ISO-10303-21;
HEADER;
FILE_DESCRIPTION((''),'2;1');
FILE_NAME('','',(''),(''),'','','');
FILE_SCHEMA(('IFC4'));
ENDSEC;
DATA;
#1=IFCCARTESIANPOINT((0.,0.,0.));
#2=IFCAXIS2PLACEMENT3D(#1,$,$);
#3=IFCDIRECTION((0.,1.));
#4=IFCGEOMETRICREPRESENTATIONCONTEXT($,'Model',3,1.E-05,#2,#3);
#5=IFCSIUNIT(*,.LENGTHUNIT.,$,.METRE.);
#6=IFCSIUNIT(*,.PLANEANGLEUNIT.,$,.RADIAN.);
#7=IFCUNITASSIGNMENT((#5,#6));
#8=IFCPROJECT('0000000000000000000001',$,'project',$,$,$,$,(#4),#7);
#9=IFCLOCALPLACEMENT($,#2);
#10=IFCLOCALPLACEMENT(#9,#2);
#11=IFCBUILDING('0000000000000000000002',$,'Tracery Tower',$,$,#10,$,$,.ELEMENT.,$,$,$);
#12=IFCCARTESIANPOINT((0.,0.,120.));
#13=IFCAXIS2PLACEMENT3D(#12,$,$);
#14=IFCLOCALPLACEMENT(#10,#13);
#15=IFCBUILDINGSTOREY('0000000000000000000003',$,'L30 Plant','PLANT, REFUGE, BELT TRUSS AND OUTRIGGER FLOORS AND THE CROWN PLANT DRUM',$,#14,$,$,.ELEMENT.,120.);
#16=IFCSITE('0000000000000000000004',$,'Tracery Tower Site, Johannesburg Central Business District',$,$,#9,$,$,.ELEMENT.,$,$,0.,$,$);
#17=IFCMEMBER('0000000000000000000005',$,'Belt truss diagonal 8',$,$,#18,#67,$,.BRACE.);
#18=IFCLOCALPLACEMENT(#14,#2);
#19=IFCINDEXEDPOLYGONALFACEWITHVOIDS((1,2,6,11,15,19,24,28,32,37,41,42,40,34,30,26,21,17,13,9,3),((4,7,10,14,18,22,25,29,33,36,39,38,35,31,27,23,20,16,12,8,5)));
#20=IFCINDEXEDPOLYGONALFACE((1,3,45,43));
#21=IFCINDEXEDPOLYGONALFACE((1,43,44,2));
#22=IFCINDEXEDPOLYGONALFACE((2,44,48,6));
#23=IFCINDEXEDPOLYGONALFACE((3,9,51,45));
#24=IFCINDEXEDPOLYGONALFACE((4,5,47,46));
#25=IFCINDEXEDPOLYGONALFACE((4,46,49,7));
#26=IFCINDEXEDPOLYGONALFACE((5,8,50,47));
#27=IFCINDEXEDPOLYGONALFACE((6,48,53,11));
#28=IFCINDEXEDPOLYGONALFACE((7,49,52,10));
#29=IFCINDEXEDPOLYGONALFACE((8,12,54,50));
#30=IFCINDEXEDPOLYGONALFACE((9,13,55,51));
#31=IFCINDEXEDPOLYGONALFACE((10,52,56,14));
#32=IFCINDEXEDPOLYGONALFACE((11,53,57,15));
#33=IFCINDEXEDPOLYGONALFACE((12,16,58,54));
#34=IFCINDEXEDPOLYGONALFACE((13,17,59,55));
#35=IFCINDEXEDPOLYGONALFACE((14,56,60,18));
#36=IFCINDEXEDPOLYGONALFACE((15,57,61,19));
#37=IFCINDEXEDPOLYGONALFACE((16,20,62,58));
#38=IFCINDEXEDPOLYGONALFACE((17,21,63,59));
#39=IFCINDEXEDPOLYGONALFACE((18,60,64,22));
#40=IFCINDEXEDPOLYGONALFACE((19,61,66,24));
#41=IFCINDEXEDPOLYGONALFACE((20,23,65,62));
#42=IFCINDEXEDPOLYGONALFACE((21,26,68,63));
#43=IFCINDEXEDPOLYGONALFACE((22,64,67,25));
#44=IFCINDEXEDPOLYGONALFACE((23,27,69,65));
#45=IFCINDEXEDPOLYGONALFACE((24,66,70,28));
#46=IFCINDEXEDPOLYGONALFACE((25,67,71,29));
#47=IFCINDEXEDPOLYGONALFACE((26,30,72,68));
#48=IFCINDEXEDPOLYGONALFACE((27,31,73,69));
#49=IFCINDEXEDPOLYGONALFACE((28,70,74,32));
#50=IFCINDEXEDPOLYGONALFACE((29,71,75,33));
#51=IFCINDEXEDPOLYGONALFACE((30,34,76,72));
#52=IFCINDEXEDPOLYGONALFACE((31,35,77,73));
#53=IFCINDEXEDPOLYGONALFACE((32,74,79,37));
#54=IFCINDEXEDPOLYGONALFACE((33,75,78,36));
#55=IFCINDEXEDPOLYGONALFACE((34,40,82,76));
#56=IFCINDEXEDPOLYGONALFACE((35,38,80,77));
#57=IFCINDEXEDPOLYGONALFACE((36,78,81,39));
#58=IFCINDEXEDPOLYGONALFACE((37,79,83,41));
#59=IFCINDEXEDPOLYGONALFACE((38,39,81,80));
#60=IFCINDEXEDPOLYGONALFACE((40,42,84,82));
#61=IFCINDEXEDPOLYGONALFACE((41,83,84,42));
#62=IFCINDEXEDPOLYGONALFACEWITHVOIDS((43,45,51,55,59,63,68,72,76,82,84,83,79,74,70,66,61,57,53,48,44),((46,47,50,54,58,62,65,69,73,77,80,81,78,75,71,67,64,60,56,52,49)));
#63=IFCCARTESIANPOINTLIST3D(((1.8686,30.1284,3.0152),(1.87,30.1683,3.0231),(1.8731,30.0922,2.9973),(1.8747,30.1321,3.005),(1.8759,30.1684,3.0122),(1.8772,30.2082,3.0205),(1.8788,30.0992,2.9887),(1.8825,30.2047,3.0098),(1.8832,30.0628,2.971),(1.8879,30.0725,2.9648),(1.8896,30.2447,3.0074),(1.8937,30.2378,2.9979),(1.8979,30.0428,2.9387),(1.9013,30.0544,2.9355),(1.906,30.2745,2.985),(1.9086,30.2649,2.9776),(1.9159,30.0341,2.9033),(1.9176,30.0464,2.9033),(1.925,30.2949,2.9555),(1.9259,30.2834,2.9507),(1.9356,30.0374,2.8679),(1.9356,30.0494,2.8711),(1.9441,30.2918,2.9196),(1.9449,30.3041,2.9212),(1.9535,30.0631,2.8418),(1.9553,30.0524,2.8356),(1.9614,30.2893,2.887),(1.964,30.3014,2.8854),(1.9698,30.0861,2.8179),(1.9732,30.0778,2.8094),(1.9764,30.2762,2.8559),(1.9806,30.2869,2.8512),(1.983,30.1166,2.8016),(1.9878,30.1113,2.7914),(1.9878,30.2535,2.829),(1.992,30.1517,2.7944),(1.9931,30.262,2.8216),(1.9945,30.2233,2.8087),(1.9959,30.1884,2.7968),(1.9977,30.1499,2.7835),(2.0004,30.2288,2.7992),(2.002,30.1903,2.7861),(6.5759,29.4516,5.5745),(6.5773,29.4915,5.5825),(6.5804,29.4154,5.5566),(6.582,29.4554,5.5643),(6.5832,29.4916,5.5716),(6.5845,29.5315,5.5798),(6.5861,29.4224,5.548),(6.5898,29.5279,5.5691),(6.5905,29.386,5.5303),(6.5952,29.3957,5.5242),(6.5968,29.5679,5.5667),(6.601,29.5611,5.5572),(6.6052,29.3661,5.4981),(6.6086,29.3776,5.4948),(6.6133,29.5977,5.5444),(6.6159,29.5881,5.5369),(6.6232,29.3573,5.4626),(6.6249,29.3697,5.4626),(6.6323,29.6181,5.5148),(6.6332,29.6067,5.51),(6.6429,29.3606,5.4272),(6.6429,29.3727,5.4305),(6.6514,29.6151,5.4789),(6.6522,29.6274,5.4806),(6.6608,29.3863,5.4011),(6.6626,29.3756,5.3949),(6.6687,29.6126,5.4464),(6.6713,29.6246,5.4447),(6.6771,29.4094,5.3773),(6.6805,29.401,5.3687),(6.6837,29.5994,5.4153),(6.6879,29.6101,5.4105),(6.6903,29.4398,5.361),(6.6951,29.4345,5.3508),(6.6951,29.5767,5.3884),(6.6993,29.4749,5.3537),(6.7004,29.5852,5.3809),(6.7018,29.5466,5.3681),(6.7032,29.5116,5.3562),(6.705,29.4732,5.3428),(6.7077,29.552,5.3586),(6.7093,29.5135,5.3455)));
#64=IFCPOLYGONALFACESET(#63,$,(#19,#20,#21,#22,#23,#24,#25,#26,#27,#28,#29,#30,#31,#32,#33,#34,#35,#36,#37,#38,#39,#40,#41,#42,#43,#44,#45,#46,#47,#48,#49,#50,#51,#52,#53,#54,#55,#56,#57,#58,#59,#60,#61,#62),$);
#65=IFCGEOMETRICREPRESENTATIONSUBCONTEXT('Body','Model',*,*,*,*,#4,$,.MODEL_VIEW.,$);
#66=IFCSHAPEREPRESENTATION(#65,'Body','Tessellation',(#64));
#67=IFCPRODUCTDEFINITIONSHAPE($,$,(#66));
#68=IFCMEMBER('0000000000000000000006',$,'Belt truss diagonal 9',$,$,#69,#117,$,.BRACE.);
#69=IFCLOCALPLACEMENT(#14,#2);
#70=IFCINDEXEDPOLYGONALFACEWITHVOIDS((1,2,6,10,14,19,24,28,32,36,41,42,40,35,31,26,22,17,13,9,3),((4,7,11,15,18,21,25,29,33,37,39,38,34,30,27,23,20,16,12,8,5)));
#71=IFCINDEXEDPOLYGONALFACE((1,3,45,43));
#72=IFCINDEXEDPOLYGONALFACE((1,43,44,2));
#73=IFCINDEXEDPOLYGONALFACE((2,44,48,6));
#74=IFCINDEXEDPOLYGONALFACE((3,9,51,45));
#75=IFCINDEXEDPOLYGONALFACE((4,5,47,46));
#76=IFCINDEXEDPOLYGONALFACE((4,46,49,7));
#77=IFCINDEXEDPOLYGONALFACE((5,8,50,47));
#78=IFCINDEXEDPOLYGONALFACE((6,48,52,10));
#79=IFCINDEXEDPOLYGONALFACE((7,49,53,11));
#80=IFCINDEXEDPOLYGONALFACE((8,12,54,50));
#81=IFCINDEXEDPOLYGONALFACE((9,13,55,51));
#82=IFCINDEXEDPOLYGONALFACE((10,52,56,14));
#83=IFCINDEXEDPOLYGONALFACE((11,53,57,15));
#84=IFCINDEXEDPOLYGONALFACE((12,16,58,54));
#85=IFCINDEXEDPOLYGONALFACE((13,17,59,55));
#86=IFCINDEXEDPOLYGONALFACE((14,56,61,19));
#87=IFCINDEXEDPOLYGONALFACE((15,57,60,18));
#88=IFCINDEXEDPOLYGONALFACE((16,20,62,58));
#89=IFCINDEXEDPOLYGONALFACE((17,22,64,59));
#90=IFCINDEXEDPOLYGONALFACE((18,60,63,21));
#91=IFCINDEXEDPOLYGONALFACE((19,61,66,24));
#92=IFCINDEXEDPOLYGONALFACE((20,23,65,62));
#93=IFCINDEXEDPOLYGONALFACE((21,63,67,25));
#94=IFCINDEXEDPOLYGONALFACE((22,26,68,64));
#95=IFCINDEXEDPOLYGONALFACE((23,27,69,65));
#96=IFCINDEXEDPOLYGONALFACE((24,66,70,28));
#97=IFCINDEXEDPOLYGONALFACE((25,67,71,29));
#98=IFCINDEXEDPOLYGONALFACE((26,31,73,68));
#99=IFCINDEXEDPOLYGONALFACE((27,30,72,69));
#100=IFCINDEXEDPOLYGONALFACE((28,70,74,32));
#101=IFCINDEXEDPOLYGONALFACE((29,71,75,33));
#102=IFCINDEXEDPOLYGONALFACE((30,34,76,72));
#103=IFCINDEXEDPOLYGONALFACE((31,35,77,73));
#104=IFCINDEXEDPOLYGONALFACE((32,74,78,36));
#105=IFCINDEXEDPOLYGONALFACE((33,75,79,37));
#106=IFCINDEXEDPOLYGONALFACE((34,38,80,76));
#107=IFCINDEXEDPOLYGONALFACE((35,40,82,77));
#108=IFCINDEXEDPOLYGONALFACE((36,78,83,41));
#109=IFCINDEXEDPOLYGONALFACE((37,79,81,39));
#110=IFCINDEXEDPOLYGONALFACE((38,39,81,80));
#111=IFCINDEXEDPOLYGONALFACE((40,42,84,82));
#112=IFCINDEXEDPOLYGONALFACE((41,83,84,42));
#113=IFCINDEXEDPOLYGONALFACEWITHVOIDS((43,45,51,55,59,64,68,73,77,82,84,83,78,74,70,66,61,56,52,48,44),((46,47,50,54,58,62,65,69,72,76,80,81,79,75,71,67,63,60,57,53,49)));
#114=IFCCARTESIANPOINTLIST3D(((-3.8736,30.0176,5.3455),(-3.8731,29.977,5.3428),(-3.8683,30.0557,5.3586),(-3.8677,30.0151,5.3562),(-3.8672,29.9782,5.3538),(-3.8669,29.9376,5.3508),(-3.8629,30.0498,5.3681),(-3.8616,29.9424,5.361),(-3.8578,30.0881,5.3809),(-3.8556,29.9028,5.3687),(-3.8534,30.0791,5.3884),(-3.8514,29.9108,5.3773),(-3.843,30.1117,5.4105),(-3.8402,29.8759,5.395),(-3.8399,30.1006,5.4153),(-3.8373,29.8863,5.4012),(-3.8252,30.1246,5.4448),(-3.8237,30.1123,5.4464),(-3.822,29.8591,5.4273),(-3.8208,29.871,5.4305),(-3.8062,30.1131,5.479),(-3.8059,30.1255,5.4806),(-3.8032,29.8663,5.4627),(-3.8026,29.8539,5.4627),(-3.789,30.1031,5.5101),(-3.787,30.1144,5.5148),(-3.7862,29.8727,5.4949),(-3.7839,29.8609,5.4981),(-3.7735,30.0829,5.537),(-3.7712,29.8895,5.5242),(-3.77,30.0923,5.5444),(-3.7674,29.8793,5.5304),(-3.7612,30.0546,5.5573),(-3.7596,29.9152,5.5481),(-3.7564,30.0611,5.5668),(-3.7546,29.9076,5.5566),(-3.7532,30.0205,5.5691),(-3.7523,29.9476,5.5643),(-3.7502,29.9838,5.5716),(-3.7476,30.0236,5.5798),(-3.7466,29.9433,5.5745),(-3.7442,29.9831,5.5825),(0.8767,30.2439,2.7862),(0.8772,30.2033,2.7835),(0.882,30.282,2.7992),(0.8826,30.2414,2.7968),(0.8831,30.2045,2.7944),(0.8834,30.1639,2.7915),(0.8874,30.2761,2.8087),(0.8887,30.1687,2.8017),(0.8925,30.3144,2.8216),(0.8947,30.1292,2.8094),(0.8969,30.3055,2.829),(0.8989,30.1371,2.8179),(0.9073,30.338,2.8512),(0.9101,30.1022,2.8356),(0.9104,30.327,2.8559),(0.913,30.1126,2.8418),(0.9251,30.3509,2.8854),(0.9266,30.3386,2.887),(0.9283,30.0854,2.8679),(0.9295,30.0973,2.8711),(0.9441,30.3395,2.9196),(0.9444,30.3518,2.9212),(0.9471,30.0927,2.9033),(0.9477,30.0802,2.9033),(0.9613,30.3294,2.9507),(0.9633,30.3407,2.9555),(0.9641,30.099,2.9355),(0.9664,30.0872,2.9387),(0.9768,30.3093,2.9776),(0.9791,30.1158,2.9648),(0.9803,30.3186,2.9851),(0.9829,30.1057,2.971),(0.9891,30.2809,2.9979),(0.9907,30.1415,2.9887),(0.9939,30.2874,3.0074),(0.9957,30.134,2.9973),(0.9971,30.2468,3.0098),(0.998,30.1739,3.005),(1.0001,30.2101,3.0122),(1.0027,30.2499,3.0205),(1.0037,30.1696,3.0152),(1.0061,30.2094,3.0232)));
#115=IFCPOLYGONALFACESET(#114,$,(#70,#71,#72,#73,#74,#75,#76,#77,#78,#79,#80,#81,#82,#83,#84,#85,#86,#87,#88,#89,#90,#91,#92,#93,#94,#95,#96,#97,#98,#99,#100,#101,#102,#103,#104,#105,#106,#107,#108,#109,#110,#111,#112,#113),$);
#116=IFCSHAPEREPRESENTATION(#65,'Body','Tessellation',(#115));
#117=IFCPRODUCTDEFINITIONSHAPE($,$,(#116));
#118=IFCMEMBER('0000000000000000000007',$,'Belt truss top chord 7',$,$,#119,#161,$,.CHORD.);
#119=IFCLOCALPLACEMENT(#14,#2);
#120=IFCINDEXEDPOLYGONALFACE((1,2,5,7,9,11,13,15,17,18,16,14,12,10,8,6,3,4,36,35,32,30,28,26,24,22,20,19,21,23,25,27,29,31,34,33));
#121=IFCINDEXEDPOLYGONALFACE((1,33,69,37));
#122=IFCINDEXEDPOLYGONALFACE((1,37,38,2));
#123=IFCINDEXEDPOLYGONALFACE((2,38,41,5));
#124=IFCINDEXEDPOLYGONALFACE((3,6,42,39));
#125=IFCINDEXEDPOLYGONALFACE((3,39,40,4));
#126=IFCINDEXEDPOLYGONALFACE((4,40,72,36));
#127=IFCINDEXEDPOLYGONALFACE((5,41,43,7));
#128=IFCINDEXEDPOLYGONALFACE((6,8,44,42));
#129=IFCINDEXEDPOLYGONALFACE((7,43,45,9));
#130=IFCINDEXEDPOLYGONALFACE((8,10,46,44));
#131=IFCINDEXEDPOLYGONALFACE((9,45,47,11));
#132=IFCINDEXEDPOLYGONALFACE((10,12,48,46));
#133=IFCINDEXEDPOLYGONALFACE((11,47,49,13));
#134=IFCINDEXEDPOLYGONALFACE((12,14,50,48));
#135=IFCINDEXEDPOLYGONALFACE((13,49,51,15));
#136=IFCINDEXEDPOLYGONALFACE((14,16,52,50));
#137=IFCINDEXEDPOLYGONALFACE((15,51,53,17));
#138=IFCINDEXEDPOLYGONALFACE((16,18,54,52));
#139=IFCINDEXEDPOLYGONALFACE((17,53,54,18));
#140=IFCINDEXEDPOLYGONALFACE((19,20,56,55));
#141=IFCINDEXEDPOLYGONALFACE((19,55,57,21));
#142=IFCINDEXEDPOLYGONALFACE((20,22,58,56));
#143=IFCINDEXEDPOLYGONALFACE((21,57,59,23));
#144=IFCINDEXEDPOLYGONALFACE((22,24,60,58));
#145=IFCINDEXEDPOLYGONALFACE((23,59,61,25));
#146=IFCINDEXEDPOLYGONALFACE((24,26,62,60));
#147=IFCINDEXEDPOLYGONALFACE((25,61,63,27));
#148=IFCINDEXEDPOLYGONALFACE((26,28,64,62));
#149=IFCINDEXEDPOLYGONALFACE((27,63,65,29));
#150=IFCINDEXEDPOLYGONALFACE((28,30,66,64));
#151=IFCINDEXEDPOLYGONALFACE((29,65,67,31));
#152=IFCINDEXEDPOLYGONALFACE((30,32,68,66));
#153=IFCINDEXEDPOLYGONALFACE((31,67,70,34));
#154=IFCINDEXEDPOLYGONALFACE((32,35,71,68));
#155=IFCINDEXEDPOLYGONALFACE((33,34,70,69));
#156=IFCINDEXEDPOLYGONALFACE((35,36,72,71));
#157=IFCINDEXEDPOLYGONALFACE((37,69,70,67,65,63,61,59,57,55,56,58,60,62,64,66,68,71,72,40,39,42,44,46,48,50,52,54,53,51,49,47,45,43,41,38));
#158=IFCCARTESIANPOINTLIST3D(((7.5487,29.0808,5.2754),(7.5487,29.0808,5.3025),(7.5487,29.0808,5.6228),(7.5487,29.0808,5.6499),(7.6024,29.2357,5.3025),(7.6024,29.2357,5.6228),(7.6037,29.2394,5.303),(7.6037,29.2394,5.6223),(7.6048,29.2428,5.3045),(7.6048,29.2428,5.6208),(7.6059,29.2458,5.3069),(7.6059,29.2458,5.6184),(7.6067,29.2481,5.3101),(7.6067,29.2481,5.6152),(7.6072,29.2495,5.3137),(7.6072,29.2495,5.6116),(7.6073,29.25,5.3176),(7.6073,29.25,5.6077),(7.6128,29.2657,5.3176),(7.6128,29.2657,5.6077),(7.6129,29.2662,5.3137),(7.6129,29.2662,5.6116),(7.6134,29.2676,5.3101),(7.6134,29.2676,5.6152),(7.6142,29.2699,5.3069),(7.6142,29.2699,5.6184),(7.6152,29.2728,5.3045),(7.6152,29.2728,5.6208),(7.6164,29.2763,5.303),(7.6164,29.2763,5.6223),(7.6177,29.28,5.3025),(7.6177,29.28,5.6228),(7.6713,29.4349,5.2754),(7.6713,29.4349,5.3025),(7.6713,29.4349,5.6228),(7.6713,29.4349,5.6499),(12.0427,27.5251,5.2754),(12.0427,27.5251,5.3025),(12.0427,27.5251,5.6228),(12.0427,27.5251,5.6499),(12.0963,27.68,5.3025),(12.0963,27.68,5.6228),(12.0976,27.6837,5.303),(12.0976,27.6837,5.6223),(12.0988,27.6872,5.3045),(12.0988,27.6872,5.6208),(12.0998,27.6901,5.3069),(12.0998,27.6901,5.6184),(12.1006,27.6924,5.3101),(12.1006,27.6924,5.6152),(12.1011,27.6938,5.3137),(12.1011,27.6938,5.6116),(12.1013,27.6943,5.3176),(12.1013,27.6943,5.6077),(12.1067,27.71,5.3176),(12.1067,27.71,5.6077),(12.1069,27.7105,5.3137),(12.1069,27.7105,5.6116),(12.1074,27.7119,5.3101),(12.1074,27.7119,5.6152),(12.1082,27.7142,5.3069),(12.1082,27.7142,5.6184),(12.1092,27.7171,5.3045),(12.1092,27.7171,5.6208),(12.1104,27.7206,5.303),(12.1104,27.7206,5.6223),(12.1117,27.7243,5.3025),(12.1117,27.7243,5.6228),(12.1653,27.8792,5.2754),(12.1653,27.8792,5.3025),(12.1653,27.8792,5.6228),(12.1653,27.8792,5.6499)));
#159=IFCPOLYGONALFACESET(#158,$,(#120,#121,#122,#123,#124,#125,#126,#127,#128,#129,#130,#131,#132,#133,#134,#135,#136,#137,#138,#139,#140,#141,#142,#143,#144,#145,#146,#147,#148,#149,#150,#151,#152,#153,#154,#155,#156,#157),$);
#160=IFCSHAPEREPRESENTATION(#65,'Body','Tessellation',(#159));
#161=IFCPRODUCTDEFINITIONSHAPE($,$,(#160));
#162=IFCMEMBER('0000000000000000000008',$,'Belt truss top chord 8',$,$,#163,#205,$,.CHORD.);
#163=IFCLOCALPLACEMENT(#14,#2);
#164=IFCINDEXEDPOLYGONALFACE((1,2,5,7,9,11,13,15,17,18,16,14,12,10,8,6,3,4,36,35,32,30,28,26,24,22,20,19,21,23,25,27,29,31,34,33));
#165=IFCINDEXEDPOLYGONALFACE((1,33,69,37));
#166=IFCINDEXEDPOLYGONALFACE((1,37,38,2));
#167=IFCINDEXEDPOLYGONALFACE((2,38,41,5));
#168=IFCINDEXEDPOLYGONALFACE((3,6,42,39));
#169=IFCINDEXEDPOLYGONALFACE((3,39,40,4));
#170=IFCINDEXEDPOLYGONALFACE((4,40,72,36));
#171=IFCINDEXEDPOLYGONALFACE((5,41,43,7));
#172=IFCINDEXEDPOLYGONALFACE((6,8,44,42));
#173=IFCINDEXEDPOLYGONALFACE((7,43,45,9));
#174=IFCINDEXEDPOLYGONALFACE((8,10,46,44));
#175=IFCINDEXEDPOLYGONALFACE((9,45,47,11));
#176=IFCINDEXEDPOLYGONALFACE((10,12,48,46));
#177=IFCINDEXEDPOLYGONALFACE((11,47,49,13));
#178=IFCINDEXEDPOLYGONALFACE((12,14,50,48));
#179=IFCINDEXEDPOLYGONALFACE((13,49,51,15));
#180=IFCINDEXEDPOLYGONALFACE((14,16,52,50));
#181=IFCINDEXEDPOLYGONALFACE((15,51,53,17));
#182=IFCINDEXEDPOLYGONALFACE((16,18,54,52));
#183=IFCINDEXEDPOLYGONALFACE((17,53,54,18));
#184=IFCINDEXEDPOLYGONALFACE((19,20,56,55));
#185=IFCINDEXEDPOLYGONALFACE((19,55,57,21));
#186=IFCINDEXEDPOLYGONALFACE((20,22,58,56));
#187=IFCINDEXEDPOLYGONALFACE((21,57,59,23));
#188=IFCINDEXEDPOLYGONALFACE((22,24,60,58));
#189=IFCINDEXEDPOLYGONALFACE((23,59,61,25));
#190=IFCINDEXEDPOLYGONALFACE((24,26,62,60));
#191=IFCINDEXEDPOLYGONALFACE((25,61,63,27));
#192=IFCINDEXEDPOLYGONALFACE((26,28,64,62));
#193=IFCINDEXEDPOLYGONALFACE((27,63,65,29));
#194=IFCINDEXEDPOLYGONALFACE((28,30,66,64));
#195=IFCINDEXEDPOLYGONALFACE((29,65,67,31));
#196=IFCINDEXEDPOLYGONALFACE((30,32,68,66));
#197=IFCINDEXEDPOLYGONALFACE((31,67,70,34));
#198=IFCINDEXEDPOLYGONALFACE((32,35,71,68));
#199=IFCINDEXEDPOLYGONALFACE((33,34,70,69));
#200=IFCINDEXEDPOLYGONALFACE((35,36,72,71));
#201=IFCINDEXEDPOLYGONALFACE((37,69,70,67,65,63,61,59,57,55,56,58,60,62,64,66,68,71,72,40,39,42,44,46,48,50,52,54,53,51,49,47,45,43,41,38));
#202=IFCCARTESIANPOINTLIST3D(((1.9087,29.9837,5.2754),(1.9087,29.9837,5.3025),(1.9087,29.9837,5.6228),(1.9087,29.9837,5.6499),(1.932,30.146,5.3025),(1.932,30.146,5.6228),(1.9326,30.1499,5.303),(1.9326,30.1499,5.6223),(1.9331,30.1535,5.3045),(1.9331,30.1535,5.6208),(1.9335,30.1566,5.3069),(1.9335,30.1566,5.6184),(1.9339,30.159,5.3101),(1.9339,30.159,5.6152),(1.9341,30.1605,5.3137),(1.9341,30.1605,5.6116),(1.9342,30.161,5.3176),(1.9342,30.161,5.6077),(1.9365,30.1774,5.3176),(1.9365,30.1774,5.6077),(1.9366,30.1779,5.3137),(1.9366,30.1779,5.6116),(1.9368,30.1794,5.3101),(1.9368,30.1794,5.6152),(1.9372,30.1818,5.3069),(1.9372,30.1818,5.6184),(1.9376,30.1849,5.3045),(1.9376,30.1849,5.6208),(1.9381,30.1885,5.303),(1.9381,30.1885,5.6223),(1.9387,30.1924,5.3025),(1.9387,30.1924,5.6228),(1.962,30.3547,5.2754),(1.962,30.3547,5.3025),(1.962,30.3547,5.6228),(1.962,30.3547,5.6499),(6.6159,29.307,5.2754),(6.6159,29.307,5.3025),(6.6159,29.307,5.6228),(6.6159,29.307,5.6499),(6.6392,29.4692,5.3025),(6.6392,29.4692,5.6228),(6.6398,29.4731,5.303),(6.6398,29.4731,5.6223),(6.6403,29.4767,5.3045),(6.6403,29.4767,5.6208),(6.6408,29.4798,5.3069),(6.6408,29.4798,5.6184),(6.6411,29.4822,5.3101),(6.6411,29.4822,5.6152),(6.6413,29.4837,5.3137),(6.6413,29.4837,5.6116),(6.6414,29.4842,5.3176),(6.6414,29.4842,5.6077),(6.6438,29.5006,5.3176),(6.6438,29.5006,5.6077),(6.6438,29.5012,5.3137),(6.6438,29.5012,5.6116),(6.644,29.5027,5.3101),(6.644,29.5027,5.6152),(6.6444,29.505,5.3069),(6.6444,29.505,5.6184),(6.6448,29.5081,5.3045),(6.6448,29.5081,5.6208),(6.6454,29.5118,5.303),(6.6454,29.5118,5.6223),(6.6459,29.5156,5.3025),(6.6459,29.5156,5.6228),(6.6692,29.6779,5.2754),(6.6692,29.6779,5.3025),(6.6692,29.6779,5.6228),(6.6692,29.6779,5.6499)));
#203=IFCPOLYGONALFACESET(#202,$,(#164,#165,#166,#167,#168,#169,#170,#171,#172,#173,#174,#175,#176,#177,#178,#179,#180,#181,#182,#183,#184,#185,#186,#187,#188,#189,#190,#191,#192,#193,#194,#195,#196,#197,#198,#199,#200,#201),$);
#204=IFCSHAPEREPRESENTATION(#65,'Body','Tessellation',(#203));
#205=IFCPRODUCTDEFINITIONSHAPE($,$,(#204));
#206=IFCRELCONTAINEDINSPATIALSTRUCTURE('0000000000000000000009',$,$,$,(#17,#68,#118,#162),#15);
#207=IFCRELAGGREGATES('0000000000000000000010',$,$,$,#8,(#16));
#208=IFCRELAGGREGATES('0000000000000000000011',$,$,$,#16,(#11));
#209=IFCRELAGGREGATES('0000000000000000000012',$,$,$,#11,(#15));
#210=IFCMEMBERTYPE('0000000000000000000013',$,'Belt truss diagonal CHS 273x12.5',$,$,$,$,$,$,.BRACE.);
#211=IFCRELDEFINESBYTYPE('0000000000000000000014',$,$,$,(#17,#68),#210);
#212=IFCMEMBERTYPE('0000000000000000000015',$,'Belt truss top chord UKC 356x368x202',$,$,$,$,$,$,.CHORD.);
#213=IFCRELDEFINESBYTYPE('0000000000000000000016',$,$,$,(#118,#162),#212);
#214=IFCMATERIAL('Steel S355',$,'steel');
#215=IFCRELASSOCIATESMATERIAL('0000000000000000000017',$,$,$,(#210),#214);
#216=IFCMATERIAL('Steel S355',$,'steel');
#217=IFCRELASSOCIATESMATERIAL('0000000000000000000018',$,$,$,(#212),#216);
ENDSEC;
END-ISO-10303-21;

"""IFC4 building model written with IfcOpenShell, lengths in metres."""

from ifc_helpers import new_model, si_unit, direction, frame, origin, origin_2d, place, context, subcontext, project, spatial, hollow_circle, i_section, extrude, material, material_profile, profile_set, type_object, element, save


model = new_model("IFC4")

# Units and contexts
model_context = context("Model", 3, precision=1e-05, world=origin(), true_north=direction((0.0, 1.0)))
body_context = subcontext(model_context, "Body", "Model", "MODEL_VIEW")
ifc_project = project(units=[si_unit("LENGTHUNIT", "METRE"), si_unit("PLANEANGLEUNIT", "RADIAN")], contexts=[model_context])

# Site, building, storey
site_placement = place(None, origin())
site = spatial("IfcSite", under=ifc_project, at=site_placement, Name="Tracery Tower Site, Johannesburg Central Business District", CompositionType="ELEMENT", RefElevation=0.0)
building_placement = place(site_placement, origin())
building = spatial("IfcBuilding", under=site, at=building_placement, Name="Tracery Tower", CompositionType="ELEMENT")
storey_placement = place(building_placement, frame((0.0, 0.0, 120.0)))
storey = spatial("IfcBuildingStorey", under=building, at=storey_placement, Name="L30 Plant", Description="PLANT, REFUGE, BELT TRUSS AND OUTRIGGER FLOORS AND THE CROWN PLANT DRUM", CompositionType="ELEMENT", Elevation=120.0)

# Members
ifc_material_1 = material(Name="Steel S355", Category="steel")
ifc_material_profile_1 = material_profile(ifc_material_1, hollow_circle(Radius=0.1365, WallThickness=0.0125, at=origin_2d()), Name="CHS 273x12.5")
ifc_profile_set_1 = profile_set([ifc_material_profile_1], Name="Steel S355")
member_type_1 = type_object("IfcMemberType", Name="Belt truss diagonal CHS 273x12.5", PredefinedType="BRACE", material=ifc_profile_set_1)
for number, where, z_axis, x_axis, name in (
    (1, (6.6426, 29.4924, 5.4626), (-0.871619, 0.125311, -0.473896), (-0.142305, -0.989823, 0.0), "Belt truss diagonal 8"),
    (2, (0.9412, 30.2166, 2.9033), (-0.879581, -0.041906, 0.473899), (0.04759, -0.998867, 0.0), "Belt truss diagonal 9"),
):
    element("IfcMember", number, at=place(storey_placement, frame(where, z_axis=z_axis, x_axis=x_axis)), inside=storey, type_object=member_type_1, Name=name, PredefinedType="BRACE", context=body_context, shape_type="SweptSolid", body=[
        extrude(hollow_circle(Radius=0.1365, WallThickness=0.0125, at=origin_2d()), origin(), (0.0, 0.0, 1.0), 5.4006),
    ])
ifc_material_2 = material(Name="Steel S355", Category="steel")
ifc_material_profile_2 = material_profile(ifc_material_2, i_section(OverallWidth=0.3748, OverallDepth=0.3745, WebThickness=0.0166, FlangeThickness=0.0271, FilletRadius=0.0151, at=origin_2d()), Name="UKC 356x368x202")
ifc_profile_set_2 = profile_set([ifc_material_profile_2], Name="Steel S355")
member_type_2 = type_object("IfcMemberType", Name="Belt truss top chord UKC 356x368x202", PredefinedType="CHORD", material=ifc_profile_set_2)
for number, where, z_axis, x_axis, name in (
    (3, (12.104, 27.7021, 5.4626), (-0.944981, 0.327126, 0.0), (-0.327126, -0.944981, 0.0), "Belt truss top chord 7"),
    (4, (6.6426, 29.4924, 5.4626), (-0.989823, 0.142305, 0.0), (-0.142305, -0.989823, 0.0), "Belt truss top chord 8"),
):
    element("IfcMember", number, at=place(storey_placement, frame(where, z_axis=z_axis, x_axis=x_axis)), inside=storey, type_object=member_type_2, Name=name, PredefinedType="CHORD", context=body_context, shape_type="SweptSolid", body=[
        extrude(i_section(OverallWidth=0.3748, OverallDepth=0.3745, WebThickness=0.0166, FlangeThickness=0.0271, FilletRadius=0.0151, at=origin_2d()), origin(), (0.0, 0.0, 1.0), 4.7556),
    ])

save(model, "model.ifc")
